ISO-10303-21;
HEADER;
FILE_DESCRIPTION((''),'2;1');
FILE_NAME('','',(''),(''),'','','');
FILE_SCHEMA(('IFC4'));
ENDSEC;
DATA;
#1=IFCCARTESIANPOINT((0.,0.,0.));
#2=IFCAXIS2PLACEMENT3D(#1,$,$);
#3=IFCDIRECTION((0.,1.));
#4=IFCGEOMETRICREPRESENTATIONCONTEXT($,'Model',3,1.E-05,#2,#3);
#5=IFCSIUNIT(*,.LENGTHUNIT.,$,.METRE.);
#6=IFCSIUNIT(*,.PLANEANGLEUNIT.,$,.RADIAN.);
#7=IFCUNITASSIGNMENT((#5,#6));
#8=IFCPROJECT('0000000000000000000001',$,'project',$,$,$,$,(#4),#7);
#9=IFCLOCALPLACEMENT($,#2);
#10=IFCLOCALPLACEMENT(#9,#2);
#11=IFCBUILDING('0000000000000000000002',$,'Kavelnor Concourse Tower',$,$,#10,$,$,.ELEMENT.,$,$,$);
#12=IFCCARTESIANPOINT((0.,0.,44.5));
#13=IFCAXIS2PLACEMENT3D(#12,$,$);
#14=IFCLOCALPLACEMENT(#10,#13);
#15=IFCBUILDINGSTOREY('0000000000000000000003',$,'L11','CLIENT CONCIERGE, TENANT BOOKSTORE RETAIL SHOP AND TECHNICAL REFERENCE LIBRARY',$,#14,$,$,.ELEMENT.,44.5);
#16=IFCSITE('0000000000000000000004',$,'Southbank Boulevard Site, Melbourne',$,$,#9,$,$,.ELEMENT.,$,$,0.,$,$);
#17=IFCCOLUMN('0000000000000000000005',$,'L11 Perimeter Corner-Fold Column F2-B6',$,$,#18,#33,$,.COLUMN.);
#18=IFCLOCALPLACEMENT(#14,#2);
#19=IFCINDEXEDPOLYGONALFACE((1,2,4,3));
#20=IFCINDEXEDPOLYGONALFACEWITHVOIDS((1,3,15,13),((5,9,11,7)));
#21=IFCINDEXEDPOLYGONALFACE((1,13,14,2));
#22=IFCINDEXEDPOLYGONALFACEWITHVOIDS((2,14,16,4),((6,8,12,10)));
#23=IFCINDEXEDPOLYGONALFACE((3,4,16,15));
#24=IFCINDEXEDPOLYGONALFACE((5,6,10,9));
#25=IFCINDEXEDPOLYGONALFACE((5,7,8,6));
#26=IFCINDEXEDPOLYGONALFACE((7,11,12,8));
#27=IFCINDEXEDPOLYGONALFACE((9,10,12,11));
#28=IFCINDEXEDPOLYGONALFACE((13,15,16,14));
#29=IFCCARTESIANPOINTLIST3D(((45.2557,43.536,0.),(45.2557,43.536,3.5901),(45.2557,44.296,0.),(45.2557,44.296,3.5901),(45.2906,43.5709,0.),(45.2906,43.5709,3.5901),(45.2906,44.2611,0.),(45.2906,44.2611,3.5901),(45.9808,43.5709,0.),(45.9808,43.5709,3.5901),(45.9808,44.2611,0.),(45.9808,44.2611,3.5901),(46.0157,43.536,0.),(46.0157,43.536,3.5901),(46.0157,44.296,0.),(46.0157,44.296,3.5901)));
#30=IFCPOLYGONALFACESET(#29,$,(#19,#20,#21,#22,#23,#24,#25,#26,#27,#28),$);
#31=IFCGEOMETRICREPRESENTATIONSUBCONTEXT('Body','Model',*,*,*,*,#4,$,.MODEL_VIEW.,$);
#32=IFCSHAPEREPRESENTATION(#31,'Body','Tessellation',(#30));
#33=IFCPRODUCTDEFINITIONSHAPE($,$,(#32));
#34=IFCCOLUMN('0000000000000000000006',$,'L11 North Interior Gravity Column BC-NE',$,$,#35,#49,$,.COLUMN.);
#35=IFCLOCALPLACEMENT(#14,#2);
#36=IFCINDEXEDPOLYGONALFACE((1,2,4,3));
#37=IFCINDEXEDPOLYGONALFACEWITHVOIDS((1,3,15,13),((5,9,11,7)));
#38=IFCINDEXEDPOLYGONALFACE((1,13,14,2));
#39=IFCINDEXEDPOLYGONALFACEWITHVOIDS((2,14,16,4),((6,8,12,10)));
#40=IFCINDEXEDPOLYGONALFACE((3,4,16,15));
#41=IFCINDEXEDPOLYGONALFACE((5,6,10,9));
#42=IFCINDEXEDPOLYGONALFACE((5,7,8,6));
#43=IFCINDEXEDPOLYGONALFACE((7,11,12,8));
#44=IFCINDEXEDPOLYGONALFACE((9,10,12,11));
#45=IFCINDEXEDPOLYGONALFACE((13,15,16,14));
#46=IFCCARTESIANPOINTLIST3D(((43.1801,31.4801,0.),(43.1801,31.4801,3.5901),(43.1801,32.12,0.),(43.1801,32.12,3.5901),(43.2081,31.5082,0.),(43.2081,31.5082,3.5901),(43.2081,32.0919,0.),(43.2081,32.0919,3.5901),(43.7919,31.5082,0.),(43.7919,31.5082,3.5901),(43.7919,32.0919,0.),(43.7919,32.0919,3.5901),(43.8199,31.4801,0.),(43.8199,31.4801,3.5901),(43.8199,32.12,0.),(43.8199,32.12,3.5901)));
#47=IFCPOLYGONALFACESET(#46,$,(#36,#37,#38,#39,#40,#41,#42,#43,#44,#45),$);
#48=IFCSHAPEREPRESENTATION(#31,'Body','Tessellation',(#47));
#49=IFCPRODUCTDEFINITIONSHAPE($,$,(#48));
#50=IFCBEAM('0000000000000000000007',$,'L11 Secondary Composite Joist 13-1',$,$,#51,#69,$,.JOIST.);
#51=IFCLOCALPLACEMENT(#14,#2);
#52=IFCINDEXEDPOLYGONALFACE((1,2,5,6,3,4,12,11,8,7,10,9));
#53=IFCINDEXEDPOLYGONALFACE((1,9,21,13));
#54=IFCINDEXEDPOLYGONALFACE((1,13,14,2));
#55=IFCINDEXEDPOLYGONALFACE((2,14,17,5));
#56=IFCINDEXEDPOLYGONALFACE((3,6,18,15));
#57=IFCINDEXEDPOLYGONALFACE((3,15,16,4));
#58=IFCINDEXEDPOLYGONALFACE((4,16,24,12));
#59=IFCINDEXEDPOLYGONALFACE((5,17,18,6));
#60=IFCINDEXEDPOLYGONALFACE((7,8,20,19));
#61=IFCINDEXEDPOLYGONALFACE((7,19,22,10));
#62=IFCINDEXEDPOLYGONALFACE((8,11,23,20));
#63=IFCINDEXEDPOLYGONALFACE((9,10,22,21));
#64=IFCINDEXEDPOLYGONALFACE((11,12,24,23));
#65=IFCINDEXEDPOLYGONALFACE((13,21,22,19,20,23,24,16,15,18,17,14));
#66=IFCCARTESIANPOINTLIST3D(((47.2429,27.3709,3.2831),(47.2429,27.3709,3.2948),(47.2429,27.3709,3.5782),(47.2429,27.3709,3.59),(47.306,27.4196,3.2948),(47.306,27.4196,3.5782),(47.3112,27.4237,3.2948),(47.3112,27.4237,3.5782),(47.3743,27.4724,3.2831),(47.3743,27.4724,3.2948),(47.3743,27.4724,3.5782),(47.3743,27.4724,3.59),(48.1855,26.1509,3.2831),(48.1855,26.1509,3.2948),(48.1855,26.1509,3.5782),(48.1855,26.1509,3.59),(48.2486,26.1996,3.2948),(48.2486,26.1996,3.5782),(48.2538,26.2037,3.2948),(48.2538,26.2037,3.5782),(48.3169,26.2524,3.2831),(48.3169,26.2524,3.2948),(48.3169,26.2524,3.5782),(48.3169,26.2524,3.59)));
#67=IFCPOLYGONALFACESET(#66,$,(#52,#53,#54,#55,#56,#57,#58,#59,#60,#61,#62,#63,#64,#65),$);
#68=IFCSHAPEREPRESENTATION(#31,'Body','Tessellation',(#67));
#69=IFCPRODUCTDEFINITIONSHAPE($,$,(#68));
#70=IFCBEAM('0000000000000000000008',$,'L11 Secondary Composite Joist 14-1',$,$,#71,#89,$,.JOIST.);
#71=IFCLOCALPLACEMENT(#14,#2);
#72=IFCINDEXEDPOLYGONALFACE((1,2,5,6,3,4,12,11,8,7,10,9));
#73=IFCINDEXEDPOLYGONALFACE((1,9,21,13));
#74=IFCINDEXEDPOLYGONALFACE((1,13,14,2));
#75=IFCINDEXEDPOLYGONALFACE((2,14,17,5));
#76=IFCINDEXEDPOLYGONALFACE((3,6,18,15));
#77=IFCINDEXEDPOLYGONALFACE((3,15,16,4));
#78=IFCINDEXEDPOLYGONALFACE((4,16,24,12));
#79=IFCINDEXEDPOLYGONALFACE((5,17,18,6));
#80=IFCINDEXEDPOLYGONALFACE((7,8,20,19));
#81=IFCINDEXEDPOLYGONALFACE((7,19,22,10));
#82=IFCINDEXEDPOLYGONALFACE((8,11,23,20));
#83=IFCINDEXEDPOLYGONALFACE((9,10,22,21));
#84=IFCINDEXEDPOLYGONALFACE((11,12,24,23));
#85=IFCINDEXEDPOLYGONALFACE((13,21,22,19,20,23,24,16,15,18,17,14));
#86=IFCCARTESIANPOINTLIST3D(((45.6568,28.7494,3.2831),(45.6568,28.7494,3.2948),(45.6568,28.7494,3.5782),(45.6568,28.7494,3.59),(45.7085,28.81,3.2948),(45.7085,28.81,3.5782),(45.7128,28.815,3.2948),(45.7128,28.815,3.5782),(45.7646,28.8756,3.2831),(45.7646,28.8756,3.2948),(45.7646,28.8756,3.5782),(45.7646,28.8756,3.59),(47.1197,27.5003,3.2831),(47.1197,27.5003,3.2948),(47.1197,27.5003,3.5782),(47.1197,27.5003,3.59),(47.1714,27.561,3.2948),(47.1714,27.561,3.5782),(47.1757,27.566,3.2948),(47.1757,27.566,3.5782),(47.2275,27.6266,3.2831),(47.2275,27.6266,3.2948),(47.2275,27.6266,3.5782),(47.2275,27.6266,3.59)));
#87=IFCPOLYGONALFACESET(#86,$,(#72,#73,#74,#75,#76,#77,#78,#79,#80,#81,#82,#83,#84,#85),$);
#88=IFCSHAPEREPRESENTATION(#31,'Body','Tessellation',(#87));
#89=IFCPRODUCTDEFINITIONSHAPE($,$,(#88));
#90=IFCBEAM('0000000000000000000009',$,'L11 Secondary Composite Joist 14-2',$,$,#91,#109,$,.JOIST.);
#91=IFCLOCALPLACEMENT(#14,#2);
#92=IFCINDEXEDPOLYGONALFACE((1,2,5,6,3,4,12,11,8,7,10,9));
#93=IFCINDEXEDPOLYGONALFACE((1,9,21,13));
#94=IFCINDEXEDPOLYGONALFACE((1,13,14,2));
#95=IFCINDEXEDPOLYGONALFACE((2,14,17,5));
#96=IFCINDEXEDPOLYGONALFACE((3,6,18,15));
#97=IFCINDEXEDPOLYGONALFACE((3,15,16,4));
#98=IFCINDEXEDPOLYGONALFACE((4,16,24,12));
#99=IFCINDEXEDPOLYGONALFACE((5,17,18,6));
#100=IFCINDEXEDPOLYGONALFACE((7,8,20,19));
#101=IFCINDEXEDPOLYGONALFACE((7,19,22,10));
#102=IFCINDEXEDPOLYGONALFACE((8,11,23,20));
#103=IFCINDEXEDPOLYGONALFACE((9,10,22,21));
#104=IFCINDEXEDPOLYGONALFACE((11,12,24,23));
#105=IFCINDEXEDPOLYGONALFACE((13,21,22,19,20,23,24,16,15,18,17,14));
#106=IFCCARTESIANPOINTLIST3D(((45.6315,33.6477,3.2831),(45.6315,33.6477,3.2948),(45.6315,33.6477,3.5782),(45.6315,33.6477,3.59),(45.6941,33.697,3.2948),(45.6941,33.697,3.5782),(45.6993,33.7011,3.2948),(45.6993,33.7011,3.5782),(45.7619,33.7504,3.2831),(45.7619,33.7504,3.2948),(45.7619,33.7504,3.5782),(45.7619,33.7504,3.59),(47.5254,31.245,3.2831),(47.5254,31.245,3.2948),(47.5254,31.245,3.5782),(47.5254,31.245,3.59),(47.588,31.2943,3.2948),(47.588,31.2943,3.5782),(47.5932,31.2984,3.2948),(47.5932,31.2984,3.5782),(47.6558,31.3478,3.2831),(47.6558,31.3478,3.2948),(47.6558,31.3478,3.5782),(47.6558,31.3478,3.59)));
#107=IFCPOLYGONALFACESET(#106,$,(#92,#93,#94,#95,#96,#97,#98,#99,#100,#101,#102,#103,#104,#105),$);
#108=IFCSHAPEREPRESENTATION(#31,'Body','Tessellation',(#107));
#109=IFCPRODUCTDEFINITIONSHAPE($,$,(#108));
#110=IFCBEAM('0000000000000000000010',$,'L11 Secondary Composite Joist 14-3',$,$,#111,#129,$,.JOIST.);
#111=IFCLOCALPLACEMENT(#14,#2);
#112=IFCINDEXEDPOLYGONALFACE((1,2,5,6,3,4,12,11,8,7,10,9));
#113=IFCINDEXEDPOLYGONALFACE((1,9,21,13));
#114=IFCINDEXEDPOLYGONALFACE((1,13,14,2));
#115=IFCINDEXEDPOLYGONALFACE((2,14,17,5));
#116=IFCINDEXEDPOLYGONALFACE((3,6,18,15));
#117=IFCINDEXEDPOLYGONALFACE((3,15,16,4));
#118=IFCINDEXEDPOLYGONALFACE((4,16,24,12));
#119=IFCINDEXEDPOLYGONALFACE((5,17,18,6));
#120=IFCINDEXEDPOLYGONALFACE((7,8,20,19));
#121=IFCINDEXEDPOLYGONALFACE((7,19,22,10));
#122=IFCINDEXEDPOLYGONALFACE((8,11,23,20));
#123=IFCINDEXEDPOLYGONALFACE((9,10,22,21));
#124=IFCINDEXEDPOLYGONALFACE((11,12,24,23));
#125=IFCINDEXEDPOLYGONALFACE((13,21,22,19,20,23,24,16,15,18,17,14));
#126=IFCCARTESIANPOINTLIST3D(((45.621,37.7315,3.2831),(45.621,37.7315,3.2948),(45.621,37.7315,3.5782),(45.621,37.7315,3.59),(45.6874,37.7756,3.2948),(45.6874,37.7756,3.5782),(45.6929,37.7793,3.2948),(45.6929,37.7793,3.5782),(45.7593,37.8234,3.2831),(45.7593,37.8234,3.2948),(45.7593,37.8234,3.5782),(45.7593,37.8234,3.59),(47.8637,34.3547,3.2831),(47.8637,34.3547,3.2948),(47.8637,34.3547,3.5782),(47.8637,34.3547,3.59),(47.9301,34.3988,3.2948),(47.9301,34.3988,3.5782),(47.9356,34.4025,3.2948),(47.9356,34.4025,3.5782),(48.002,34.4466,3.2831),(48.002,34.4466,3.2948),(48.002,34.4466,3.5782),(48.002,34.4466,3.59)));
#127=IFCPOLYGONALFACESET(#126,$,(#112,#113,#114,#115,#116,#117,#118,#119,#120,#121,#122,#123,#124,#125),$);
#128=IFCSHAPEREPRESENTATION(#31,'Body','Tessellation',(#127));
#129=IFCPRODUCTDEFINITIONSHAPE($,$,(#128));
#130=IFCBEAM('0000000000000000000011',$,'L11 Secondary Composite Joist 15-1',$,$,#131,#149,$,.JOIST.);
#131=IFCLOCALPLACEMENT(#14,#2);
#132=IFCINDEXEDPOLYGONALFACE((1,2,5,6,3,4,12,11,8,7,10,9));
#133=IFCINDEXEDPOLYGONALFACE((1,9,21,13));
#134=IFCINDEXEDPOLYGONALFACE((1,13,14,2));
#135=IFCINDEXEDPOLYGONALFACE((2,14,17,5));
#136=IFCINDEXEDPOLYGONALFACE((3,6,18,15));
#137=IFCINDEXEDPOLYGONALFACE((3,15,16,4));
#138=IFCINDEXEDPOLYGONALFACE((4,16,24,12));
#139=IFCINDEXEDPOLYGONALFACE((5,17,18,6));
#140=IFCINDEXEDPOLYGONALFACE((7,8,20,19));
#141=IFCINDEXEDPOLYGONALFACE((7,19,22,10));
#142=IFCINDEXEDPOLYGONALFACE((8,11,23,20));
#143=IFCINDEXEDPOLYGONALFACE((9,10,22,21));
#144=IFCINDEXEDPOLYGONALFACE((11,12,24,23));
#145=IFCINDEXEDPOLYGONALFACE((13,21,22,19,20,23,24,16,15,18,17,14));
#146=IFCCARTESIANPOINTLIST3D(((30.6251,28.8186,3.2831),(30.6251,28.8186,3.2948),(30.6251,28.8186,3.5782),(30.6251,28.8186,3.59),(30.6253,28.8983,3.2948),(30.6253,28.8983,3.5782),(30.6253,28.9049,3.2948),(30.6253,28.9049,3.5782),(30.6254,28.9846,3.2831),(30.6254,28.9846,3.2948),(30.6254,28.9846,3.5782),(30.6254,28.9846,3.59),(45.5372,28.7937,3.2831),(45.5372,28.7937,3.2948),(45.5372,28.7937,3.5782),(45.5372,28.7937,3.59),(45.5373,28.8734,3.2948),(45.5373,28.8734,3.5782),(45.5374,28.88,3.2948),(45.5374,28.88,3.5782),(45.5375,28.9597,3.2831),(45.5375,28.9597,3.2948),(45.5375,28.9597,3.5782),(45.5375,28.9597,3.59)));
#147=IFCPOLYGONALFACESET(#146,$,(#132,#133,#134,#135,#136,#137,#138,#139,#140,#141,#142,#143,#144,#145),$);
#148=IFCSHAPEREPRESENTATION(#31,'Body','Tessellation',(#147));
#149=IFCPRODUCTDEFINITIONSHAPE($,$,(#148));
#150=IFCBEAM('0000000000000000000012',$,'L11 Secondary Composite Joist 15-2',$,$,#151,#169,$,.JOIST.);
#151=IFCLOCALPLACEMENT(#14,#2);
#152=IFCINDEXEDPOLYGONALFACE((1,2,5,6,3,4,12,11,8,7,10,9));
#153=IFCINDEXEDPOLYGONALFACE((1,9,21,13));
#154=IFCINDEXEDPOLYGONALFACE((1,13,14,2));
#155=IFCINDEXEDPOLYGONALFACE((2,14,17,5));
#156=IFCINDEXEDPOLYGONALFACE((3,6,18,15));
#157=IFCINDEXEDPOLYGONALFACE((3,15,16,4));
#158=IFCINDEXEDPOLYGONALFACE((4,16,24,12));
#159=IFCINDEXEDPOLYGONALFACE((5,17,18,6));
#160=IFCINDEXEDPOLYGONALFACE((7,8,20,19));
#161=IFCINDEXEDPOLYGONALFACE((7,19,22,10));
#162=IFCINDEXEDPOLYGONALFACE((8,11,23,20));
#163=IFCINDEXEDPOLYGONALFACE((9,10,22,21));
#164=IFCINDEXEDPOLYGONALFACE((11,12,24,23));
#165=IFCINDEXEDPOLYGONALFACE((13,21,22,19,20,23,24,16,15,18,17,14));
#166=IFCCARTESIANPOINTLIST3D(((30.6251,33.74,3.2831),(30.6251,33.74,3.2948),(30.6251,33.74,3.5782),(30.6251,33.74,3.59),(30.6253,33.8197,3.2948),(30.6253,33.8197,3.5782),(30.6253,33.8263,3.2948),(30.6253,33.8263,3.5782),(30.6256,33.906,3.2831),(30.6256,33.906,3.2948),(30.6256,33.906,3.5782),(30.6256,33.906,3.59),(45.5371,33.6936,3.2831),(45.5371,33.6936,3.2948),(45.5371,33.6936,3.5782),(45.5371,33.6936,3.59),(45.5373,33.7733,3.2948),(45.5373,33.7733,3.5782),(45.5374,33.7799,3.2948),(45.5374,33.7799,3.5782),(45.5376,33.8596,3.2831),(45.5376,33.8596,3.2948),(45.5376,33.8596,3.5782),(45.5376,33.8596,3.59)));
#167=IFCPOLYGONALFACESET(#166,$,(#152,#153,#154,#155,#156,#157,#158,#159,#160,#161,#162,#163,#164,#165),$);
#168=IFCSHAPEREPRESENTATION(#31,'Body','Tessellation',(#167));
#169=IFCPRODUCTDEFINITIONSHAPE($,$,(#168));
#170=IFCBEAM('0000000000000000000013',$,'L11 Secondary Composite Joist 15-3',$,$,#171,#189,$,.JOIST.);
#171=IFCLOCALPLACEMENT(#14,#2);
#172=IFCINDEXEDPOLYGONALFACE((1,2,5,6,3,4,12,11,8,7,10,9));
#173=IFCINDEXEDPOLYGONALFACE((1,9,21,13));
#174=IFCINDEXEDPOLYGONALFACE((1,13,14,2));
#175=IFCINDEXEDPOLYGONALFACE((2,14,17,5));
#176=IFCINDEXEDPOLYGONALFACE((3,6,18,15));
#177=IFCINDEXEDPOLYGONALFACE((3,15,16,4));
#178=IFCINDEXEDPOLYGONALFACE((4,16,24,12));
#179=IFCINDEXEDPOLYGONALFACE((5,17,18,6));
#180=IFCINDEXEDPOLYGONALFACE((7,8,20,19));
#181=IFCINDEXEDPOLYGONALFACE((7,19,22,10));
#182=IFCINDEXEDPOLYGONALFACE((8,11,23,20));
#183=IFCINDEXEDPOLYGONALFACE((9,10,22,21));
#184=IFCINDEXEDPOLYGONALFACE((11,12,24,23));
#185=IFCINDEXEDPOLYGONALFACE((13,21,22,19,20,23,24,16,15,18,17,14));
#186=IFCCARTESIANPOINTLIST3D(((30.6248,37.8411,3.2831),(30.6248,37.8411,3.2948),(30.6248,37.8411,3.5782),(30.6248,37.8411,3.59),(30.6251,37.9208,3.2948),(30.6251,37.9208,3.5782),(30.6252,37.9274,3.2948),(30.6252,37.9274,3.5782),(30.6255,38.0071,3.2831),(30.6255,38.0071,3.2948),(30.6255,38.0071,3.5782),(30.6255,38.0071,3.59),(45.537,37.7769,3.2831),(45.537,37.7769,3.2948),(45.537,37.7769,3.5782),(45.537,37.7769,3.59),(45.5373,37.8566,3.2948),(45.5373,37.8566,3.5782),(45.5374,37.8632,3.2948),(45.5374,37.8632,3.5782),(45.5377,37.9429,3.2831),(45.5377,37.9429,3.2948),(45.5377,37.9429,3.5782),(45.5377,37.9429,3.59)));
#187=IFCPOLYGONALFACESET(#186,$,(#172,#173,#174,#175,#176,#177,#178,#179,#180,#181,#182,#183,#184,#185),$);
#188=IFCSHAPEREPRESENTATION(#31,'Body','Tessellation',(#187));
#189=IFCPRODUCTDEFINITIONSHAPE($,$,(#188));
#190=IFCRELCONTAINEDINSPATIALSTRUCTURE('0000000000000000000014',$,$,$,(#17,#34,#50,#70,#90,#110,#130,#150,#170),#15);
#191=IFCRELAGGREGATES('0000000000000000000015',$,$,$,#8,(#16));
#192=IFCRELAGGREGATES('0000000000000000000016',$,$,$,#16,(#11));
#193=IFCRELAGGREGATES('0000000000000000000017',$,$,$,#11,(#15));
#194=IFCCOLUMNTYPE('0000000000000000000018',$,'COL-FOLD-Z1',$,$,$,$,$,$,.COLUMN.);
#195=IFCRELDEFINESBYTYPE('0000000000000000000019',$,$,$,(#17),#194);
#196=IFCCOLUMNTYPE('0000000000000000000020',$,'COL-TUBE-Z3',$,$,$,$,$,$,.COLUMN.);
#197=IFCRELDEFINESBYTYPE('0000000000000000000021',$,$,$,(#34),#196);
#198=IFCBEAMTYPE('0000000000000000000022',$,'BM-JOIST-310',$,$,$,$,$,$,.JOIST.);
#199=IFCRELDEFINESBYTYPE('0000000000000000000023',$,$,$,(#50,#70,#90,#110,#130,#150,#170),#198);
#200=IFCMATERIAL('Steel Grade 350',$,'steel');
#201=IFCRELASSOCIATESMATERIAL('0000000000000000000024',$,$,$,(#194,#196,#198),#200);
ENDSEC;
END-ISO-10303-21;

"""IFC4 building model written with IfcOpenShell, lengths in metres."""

from ifc_helpers import new_model, si_unit, direction, frame, origin, origin_2d, place, context, subcontext, project, spatial, hollow_rectangle, i_section, extrude, material, material_profile, profile_set, type_object, element, save


model = new_model("IFC4")

# Units and contexts
model_context = context("Model", 3, precision=1e-05, world=origin(), true_north=direction((0.0, 1.0)))
body_context = subcontext(model_context, "Body", "Model", "MODEL_VIEW")
ifc_project = project(units=[si_unit("LENGTHUNIT", "METRE"), si_unit("PLANEANGLEUNIT", "RADIAN")], contexts=[model_context])

# Site, building, storey
site_placement = place(None, origin())
site = spatial("IfcSite", under=ifc_project, at=site_placement, Name="Southbank Boulevard Site, Melbourne", CompositionType="ELEMENT", RefElevation=0.0)
building_placement = place(site_placement, origin())
building = spatial("IfcBuilding", under=site, at=building_placement, Name="Kavelnor Concourse Tower", CompositionType="ELEMENT")
storey_placement = place(building_placement, frame((0.0, 0.0, 44.5)))
storey = spatial("IfcBuildingStorey", under=building, at=storey_placement, Name="L11", Description="CLIENT CONCIERGE, TENANT BOOKSTORE RETAIL SHOP AND TECHNICAL REFERENCE LIBRARY", CompositionType="ELEMENT", Elevation=44.5)

# Columns
ifc_material_1 = material(Name="Steel Grade 350", Category="steel")
ifc_material_profile_1 = material_profile(ifc_material_1, hollow_rectangle(XDim=0.76, YDim=0.76, WallThickness=0.0349, at=origin_2d()), Name="SHS 760x760x35")
ifc_profile_set_1 = profile_set([ifc_material_profile_1], Name="Steel Grade 350")
column_type_1 = type_object("IfcColumnType", Name="COL-FOLD-Z1", PredefinedType="COLUMN", material=ifc_profile_set_1)
column_1_placement = place(storey_placement, frame((45.6357, 43.916, 0.0), z_axis=(0.0, 0.0, 1.0), x_axis=(1.0, 0.0, 0.0)))
element("IfcColumn", 1, at=column_1_placement, inside=storey, type_object=column_type_1, Name="L11 Perimeter Corner-Fold Column F2-B6", PredefinedType="COLUMN", context=body_context, shape_type="SweptSolid", body=[
    extrude(hollow_rectangle(XDim=0.76, YDim=0.76, WallThickness=0.0349, at=origin_2d()), origin(), (0.0, 0.0, 1.0), 3.5901),
])
ifc_material_profile_2 = material_profile(ifc_material_1, hollow_rectangle(XDim=0.6399, YDim=0.6399, WallThickness=0.0281, at=origin_2d()), Name="SHS 640x640x28")
ifc_profile_set_2 = profile_set([ifc_material_profile_2], Name="Steel Grade 350")
column_type_2 = type_object("IfcColumnType", Name="COL-TUBE-Z3", PredefinedType="COLUMN", material=ifc_profile_set_2)
column_2_placement = place(storey_placement, frame((43.5, 31.8, 0.0), z_axis=(0.0, 0.0, 1.0), x_axis=(1.0, 0.0, 0.0)))
element("IfcColumn", 2, at=column_2_placement, inside=storey, type_object=column_type_2, Name="L11 North Interior Gravity Column BC-NE", PredefinedType="COLUMN", context=body_context, shape_type="SweptSolid", body=[
    extrude(hollow_rectangle(XDim=0.6399, YDim=0.6399, WallThickness=0.0281, at=origin_2d()), origin(), (0.0, 0.0, 1.0), 3.5901),
])

# Beams
ifc_material_profile_3 = material_profile(ifc_material_1, i_section(OverallWidth=0.166, OverallDepth=0.3069, WebThickness=0.0066, FlangeThickness=0.0117, at=origin_2d()), Name="310UB46")
ifc_profile_set_3 = profile_set([ifc_material_profile_3], Name="Steel Grade 350")
beam_type_1 = type_object("IfcBeamType", Name="BM-JOIST-310", PredefinedType="JOIST", material=ifc_profile_set_3)
beam_1_placement = place(storey_placement, frame((48.2512, 26.2017, 3.4365), z_axis=(-0.611416, 0.791309, 0.0), x_axis=(-0.791309, -0.611416, 0.0)))
element("IfcBeam", 3, at=beam_1_placement, inside=storey, type_object=beam_type_1, Name="L11 Secondary Composite Joist 13-1", PredefinedType="JOIST", context=body_context, shape_type="SweptSolid", body=[
    extrude(i_section(OverallWidth=0.166, OverallDepth=0.3069, WebThickness=0.0066, FlangeThickness=0.0117, at=origin_2d()), origin(), (0.0, 0.0, 1.0), 1.5417),
])
beam_2_placement = place(storey_placement, frame((47.1736, 27.5635, 3.4365), z_axis=(-0.760509, 0.649327, 0.0), x_axis=(-0.649327, -0.760509, 0.0)))
element("IfcBeam", 4, at=beam_2_placement, inside=storey, type_object=beam_type_1, Name="L11 Secondary Composite Joist 14-1", PredefinedType="JOIST", context=body_context, shape_type="SweptSolid", body=[
    extrude(i_section(OverallWidth=0.166, OverallDepth=0.3069, WebThickness=0.0066, FlangeThickness=0.0117, at=origin_2d()), origin(), (0.0, 0.0, 1.0), 1.9236),
])
beam_3_placement = place(storey_placement, frame((47.5906, 31.2964, 3.4365), z_axis=(-0.619044, 0.785356, 0.0), x_axis=(-0.785356, -0.619044, 0.0)))
element("IfcBeam", 5, at=beam_3_placement, inside=storey, type_object=beam_type_1, Name="L11 Secondary Composite Joist 14-2", PredefinedType="JOIST", context=body_context, shape_type="SweptSolid", body=[
    extrude(i_section(OverallWidth=0.166, OverallDepth=0.3069, WebThickness=0.0066, FlangeThickness=0.0117, at=origin_2d()), origin(), (0.0, 0.0, 1.0), 3.0593),
])
beam_4_placement = place(storey_placement, frame((47.9329, 34.4006, 3.4365), z_axis=(-0.553254, 0.833013, 0.0), x_axis=(-0.833013, -0.553254, 0.0)))
element("IfcBeam", 6, at=beam_4_placement, inside=storey, type_object=beam_type_1, Name="L11 Secondary Composite Joist 14-3", PredefinedType="JOIST", context=body_context, shape_type="SweptSolid", body=[
    extrude(i_section(OverallWidth=0.166, OverallDepth=0.3069, WebThickness=0.0066, FlangeThickness=0.0117, at=origin_2d()), origin(), (0.0, 0.0, 1.0), 4.0537),
])
for number, where, z_axis, x_axis, name in (
    (7, (45.5374, 28.8767, 3.4365), (-0.999999, 0.00167, 0.0), (-0.00167, -0.999999, 0.0), "L11 Secondary Composite Joist 15-1"),
    (8, (45.5374, 33.7766, 3.4365), (-0.999995, 0.003111, 0.0), (-0.003111, -0.999995, 0.0), "L11 Secondary Composite Joist 15-2"),
):
    element("IfcBeam", number, at=place(storey_placement, frame(where, z_axis=z_axis, x_axis=x_axis)), inside=storey, type_object=beam_type_1, Name=name, PredefinedType="JOIST", context=body_context, shape_type="SweptSolid", body=[
        extrude(i_section(OverallWidth=0.166, OverallDepth=0.3069, WebThickness=0.0066, FlangeThickness=0.0117, at=origin_2d()), origin(), (0.0, 0.0, 1.0), 14.9121),
    ])
beam_5_placement = place(storey_placement, frame((45.5374, 37.8599, 3.4365), z_axis=(-0.999991, 0.004306, 0.0), x_axis=(-0.004306, -0.999991, 0.0)))
element("IfcBeam", 9, at=beam_5_placement, inside=storey, type_object=beam_type_1, Name="L11 Secondary Composite Joist 15-3", PredefinedType="JOIST", context=body_context, shape_type="SweptSolid", body=[
    extrude(i_section(OverallWidth=0.166, OverallDepth=0.3069, WebThickness=0.0066, FlangeThickness=0.0117, at=origin_2d()), origin(), (0.0, 0.0, 1.0), 14.9124),
])

save(model, "model.ifc")
